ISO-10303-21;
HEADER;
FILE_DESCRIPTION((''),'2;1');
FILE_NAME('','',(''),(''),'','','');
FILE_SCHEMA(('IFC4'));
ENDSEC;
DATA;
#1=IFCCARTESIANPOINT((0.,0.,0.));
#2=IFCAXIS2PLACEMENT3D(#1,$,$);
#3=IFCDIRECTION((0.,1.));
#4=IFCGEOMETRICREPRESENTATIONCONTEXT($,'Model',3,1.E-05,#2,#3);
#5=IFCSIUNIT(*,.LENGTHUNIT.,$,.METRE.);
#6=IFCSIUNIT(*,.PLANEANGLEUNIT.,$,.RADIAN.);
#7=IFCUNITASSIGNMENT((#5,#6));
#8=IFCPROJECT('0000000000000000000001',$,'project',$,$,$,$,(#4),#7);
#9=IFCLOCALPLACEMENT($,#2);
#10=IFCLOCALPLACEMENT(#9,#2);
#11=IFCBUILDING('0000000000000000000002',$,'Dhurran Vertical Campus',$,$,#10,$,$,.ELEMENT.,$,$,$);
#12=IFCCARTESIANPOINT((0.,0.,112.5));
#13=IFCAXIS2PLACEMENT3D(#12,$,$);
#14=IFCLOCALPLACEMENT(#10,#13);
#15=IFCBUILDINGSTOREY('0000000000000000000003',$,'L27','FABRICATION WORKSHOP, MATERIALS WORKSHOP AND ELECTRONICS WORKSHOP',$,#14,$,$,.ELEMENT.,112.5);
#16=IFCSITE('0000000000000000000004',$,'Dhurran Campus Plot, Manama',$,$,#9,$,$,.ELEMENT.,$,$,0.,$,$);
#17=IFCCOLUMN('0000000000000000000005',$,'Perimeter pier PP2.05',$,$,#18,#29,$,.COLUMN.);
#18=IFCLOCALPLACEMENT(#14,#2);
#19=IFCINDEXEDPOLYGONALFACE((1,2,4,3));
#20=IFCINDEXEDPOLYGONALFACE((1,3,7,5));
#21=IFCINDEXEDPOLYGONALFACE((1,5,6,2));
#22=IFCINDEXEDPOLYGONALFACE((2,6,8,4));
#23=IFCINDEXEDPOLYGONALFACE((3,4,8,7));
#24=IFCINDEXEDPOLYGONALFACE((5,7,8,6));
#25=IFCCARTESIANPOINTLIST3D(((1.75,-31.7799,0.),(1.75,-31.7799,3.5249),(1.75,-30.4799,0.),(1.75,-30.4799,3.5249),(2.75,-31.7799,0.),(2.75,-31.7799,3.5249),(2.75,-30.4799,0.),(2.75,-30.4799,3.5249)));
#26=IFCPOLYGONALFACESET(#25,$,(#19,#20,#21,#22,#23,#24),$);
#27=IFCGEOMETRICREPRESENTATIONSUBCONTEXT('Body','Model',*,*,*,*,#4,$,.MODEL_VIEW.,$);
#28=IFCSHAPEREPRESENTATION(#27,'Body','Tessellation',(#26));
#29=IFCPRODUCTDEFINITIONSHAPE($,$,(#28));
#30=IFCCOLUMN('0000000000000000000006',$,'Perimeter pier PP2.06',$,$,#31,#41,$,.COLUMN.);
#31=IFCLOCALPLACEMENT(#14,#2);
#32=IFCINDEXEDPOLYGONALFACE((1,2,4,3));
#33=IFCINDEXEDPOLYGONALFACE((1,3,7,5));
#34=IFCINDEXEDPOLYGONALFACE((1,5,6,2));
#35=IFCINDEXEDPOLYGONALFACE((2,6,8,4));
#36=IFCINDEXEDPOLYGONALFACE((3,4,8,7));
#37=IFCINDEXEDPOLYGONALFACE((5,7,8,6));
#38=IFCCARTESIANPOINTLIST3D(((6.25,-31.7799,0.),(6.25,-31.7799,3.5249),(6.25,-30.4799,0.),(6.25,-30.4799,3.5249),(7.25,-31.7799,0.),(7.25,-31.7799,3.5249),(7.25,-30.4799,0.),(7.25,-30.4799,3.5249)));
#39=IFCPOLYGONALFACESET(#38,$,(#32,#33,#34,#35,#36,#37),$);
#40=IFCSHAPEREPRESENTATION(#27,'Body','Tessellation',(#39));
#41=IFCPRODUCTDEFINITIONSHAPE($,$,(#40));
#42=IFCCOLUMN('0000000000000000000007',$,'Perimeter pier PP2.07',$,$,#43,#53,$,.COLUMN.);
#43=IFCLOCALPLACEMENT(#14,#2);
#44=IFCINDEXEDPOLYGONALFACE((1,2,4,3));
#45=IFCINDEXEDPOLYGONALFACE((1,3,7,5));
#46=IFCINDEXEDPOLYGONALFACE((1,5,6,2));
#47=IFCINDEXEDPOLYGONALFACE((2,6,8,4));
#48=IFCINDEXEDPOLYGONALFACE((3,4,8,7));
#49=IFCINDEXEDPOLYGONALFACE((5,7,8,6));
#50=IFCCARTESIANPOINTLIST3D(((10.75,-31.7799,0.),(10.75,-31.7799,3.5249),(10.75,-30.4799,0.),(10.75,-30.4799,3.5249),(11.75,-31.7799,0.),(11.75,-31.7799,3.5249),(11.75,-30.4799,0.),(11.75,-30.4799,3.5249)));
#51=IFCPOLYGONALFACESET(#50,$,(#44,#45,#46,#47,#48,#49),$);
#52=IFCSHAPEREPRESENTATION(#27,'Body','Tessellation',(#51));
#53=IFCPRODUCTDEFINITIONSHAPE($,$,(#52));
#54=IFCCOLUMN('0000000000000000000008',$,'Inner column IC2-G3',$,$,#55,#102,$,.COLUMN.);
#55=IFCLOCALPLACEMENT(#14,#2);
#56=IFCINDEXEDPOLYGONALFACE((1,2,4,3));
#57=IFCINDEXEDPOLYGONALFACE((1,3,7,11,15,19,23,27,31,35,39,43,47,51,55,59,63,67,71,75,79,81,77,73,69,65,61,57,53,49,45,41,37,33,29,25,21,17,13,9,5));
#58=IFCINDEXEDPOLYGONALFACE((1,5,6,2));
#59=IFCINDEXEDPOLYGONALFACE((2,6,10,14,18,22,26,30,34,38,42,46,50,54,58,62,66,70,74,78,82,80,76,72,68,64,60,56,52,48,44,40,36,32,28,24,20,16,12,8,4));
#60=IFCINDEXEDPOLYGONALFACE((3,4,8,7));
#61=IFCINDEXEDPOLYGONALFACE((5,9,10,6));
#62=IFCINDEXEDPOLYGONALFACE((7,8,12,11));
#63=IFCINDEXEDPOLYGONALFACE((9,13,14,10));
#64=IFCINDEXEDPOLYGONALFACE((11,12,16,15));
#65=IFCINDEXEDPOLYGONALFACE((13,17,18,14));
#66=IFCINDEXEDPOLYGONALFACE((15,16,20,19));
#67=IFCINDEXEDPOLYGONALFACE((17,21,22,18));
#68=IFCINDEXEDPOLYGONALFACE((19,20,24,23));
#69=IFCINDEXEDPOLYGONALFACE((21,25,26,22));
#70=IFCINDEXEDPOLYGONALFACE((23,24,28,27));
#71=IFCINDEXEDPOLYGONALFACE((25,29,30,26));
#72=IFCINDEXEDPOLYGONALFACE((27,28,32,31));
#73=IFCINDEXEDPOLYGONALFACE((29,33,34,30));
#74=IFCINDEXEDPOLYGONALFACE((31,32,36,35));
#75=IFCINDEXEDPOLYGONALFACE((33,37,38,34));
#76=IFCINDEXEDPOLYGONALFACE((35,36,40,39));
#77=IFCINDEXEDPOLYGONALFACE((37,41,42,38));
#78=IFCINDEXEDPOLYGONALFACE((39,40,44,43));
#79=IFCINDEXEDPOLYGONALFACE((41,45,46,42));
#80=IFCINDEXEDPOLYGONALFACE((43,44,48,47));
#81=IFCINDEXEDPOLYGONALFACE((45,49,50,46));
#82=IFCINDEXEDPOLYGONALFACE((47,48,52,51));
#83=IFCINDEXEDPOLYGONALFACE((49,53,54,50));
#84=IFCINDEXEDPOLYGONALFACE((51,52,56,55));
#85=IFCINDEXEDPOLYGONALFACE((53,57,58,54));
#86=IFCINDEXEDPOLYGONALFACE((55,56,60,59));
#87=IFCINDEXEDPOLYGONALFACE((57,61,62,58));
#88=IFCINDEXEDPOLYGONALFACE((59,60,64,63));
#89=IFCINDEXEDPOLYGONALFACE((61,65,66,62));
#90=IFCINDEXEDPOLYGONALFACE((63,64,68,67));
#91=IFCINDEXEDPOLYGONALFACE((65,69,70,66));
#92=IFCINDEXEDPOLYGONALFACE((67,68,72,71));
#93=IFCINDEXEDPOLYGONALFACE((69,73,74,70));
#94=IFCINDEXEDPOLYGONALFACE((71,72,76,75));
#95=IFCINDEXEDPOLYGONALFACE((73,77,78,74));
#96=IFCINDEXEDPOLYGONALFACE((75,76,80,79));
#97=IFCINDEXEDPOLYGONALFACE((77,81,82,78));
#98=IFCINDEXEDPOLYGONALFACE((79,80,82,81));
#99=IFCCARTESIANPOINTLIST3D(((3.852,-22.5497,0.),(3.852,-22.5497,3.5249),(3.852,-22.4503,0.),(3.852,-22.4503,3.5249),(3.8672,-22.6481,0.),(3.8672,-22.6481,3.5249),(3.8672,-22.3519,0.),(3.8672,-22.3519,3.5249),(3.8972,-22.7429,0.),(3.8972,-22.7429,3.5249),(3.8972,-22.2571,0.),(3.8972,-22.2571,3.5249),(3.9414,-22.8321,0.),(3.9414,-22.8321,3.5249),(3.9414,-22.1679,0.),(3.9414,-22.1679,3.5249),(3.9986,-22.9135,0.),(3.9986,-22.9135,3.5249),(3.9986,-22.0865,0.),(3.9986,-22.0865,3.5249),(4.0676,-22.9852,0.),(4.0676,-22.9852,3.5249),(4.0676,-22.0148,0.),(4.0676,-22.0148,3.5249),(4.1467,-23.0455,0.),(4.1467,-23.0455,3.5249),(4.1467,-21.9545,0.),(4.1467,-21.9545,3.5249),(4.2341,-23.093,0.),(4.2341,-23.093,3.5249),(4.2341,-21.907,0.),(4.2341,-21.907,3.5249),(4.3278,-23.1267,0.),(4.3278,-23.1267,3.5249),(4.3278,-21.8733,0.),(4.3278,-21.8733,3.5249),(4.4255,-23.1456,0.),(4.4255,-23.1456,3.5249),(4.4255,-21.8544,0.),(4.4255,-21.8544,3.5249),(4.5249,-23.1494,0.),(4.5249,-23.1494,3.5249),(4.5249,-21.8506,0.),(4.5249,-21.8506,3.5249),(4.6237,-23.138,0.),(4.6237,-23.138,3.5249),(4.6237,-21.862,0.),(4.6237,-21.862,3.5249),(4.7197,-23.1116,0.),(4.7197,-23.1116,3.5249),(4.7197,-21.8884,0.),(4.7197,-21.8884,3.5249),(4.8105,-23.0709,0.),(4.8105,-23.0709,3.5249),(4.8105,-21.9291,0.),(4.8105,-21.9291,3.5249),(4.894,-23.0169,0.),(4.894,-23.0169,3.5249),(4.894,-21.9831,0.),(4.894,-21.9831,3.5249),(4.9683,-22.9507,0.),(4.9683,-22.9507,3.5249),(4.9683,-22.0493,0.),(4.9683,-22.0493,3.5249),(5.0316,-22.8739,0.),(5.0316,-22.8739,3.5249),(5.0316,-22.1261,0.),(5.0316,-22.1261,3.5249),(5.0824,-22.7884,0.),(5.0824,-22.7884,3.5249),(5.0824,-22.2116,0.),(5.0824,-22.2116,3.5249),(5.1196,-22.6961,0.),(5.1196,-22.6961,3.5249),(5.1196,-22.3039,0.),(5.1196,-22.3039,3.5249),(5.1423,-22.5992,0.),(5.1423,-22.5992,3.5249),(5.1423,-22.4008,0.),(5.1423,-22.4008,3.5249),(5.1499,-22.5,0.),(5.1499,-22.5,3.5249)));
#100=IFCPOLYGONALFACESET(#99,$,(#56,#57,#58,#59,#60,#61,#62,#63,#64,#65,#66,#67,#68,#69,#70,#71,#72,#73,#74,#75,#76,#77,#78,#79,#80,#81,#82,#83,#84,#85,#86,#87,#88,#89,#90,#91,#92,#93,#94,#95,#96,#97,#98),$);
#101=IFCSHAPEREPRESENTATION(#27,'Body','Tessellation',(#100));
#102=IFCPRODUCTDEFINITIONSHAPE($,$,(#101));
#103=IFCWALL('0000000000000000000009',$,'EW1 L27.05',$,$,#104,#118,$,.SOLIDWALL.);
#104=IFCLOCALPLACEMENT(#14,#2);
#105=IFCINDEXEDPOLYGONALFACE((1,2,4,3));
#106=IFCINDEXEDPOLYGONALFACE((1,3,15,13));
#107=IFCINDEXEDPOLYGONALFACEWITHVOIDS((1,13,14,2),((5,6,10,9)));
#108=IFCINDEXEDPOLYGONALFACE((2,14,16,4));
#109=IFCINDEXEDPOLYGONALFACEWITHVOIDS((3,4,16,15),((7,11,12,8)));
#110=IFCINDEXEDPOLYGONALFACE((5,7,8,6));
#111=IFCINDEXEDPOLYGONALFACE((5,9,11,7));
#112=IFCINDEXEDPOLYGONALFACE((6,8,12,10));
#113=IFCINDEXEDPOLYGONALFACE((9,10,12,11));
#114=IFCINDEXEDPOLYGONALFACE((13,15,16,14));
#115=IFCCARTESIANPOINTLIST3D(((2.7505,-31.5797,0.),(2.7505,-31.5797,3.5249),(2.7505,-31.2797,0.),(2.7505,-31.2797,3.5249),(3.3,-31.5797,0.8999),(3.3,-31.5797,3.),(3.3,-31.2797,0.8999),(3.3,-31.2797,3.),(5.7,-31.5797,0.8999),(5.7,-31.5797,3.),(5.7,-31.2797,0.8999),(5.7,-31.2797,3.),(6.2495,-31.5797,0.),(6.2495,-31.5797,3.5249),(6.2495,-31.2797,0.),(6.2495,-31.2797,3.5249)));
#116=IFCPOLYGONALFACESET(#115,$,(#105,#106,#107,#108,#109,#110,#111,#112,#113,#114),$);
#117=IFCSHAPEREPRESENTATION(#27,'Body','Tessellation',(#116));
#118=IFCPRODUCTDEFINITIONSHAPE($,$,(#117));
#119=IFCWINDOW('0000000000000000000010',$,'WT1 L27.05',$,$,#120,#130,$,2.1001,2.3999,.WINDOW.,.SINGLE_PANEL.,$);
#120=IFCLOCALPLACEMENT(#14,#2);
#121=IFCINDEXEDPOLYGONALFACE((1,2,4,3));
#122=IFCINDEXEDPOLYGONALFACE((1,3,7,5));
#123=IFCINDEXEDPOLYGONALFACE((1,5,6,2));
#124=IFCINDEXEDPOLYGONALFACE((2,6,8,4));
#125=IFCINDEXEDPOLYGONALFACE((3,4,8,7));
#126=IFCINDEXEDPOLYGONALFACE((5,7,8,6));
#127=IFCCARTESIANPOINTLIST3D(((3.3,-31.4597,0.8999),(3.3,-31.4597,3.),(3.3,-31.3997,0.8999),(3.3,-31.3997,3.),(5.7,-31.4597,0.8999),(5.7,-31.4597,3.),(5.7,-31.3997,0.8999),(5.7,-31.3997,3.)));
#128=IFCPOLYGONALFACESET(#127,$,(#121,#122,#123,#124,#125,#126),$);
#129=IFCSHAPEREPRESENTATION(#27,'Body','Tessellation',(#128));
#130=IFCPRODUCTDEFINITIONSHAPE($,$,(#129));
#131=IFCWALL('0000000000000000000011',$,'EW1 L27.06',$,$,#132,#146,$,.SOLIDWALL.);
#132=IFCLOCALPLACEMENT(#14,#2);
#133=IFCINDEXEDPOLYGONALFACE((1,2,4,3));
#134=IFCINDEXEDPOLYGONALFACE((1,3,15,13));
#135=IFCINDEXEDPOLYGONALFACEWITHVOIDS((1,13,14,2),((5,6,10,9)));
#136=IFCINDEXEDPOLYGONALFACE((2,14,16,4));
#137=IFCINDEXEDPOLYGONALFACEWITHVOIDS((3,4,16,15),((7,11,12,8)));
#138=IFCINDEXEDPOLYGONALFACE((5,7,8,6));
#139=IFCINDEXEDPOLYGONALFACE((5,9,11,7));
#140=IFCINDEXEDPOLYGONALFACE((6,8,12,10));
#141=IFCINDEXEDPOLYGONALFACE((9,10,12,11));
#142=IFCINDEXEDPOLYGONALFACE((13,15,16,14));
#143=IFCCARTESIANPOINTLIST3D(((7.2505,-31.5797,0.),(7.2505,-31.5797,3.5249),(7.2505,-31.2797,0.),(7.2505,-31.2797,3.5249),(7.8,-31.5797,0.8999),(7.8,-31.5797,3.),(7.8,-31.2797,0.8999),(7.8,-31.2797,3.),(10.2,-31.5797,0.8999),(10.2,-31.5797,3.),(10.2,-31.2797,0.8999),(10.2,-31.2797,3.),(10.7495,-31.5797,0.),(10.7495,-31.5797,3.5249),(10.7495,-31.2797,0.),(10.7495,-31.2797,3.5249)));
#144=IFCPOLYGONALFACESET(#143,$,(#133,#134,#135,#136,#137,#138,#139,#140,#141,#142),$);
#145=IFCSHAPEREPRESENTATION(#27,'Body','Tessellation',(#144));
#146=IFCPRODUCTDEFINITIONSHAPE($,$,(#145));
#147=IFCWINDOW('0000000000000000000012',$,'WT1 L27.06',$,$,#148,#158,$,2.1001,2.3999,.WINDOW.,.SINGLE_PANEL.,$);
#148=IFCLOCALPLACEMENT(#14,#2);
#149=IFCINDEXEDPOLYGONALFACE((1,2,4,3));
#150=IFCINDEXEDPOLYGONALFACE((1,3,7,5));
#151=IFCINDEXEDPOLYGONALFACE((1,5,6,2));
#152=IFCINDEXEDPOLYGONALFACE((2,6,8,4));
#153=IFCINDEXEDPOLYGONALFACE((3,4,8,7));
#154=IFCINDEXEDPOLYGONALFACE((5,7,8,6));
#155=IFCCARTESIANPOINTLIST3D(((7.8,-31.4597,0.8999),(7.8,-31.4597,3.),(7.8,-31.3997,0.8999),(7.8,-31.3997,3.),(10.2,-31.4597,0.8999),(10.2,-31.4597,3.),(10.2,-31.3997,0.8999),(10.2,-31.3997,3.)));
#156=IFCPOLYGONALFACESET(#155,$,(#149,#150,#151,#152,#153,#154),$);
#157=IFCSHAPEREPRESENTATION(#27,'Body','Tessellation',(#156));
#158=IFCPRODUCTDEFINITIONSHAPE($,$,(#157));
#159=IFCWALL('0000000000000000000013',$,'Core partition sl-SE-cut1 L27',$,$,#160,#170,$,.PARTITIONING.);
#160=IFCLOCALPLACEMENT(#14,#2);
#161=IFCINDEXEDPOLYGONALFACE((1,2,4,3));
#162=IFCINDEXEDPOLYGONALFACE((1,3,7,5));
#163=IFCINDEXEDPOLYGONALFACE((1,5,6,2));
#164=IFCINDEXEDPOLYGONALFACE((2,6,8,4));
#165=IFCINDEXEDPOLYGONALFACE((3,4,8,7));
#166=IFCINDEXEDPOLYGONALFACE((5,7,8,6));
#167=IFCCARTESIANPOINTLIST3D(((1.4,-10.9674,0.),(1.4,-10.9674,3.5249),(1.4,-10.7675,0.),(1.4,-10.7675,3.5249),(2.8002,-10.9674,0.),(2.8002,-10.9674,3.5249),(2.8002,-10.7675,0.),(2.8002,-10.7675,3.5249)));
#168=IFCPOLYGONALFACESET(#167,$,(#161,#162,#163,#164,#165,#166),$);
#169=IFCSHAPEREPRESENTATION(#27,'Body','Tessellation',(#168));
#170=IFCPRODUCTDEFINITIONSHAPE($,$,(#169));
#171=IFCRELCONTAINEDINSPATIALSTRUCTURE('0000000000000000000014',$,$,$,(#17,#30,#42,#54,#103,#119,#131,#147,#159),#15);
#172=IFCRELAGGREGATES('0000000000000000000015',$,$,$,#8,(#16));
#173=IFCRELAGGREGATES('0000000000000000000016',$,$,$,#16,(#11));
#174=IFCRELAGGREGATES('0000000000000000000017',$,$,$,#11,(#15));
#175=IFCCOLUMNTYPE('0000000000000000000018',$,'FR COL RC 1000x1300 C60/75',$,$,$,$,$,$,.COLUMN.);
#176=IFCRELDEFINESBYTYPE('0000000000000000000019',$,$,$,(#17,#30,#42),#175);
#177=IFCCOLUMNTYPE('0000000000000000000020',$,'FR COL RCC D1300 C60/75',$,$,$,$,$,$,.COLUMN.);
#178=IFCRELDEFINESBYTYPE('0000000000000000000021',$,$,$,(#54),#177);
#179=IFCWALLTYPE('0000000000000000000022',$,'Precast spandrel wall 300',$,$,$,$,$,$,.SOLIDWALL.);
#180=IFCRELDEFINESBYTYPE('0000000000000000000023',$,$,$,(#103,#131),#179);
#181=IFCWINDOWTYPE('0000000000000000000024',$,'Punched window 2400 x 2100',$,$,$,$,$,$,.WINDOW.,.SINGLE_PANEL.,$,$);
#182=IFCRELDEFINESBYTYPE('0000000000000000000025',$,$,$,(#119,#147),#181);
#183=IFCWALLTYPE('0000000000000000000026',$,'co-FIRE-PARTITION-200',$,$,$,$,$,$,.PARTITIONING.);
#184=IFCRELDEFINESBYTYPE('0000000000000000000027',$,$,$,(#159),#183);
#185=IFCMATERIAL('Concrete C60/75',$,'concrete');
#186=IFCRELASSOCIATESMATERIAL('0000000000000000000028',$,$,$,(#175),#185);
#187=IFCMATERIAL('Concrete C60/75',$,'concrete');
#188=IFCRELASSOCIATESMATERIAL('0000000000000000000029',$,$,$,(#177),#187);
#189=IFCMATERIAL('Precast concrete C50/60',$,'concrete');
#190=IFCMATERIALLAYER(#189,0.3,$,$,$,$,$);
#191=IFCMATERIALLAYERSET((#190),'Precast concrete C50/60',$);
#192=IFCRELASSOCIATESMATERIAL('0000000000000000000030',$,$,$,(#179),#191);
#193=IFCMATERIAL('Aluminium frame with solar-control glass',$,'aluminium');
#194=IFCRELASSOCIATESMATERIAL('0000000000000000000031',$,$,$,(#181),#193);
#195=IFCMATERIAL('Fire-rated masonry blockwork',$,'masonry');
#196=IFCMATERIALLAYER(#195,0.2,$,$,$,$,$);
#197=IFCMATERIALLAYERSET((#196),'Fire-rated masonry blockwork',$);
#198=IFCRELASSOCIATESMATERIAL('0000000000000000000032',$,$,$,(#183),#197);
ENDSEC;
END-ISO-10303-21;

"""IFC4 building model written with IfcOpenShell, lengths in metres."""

from ifc_helpers import new_model, si_unit, direction, frame, frame_2d, origin, origin_2d, place, context, subcontext, project, spatial, rectangle, circle, extrude, material, layer, layer_set, material_profile, profile_set, type_object, element, fill, save


model = new_model("IFC4")

# Units and contexts
model_context = context("Model", 3, precision=1e-05, world=origin(), true_north=direction((0.0, 1.0)))
body_context = subcontext(model_context, "Body", "Model", "MODEL_VIEW")
ifc_project = project(units=[si_unit("LENGTHUNIT", "METRE"), si_unit("PLANEANGLEUNIT", "RADIAN")], contexts=[model_context])

# Site, building, storey
site_placement = place(None, origin())
site = spatial("IfcSite", under=ifc_project, at=site_placement, Name="Dhurran Campus Plot, Manama", CompositionType="ELEMENT", RefElevation=0.0)
building_placement = place(site_placement, origin())
building = spatial("IfcBuilding", under=site, at=building_placement, Name="Dhurran Vertical Campus", CompositionType="ELEMENT")
storey_placement = place(building_placement, frame((0.0, 0.0, 112.5)))
storey = spatial("IfcBuildingStorey", under=building, at=storey_placement, Name="L27", Description="FABRICATION WORKSHOP, MATERIALS WORKSHOP AND ELECTRONICS WORKSHOP", CompositionType="ELEMENT", Elevation=112.5)

# Columns
ifc_material_1 = material(Name="Concrete C60/75", Category="concrete")
ifc_material_profile_1 = material_profile(ifc_material_1, rectangle(XDim=1.0, YDim=1.3, at=origin_2d()), Name="RC 1000x1300")
ifc_profile_set_1 = profile_set([ifc_material_profile_1], Name="Concrete C60/75")
column_type_1 = type_object("IfcColumnType", Name="FR COL RC 1000x1300 C60/75", PredefinedType="COLUMN", material=ifc_profile_set_1)
for number, where, z_axis, x_axis, name in (
    (1, (2.25, -31.1299, 0.0), (0.0, 0.0, 1.0), (1.0, 0.0, 0.0), "Perimeter pier PP2.05"),
    (2, (6.75, -31.1299, 0.0), (0.0, 0.0, 1.0), (1.0, 0.0, 0.0), "Perimeter pier PP2.06"),
    (3, (11.25, -31.1299, 0.0), (0.0, 0.0, 1.0), (1.0, 0.0, 0.0), "Perimeter pier PP2.07"),
):
    element("IfcColumn", number, at=place(storey_placement, frame(where, z_axis=z_axis, x_axis=x_axis)), inside=storey, type_object=column_type_1, Name=name, PredefinedType="COLUMN", context=body_context, shape_type="SweptSolid", body=[
        extrude(rectangle(XDim=1.0, YDim=1.3, at=origin_2d()), origin(), (0.0, 0.0, 1.0), 3.5249),
    ])
ifc_material_2 = material(Name="Concrete C60/75", Category="concrete")
ifc_material_profile_2 = material_profile(ifc_material_2, circle(Radius=0.6499, at=origin_2d()), Name="RCC D1300")
ifc_profile_set_2 = profile_set([ifc_material_profile_2], Name="Concrete C60/75")
column_type_2 = type_object("IfcColumnType", Name="FR COL RCC D1300 C60/75", PredefinedType="COLUMN", material=ifc_profile_set_2)
column_placement = place(storey_placement, frame((4.5, -22.5, 0.0), z_axis=(0.0, 0.0, 1.0), x_axis=(1.0, 0.0, 0.0)))
element("IfcColumn", 4, at=column_placement, inside=storey, type_object=column_type_2, Name="Inner column IC2-G3", PredefinedType="COLUMN", context=body_context, shape_type="SweptSolid", body=[
    extrude(circle(Radius=0.6499, at=origin_2d()), origin(), (0.0, 0.0, 1.0), 3.5249),
])

# Walls, openings, windows
ifc_material_3 = material(Name="Precast concrete C50/60", Category="concrete")
ifc_layer_1 = layer(ifc_material_3, 0.3)
ifc_layer_set_1 = layer_set([ifc_layer_1], Name="Precast concrete C50/60")
wall_type_1 = type_object("IfcWallType", Name="Precast spandrel wall 300", PredefinedType="SOLIDWALL", material=ifc_layer_set_1)
wall_1_placement = place(storey_placement, frame((2.7505, -31.4297, 0.0), z_axis=(0.0, 0.0, 1.0), x_axis=(1.0, 0.0, 0.0)))
wall_1 = element("IfcWall", 5, at=wall_1_placement, inside=storey, type_object=wall_type_1, Name="EW1 L27.05", PredefinedType="SOLIDWALL", context=body_context, shape_type="SweptSolid", body=[
    extrude(rectangle(XDim=3.499, YDim=0.3, at=frame_2d((1.7495, 0.0))), origin(), (0.0, 0.0, 1.0), 3.5249),
])
opening_1_placement = place(wall_1_placement, frame((0.5496, 0.0, 0.8999)))
opening_1 = element("IfcOpeningElement", 6, at=opening_1_placement, cuts=wall_1, PredefinedType="OPENING", context=body_context, shape_type="SweptSolid", body=[
    extrude(rectangle(XDim=2.3999, YDim=2.1001, at=frame_2d((1.2, 1.05))), frame((0.0, 0.1599, 0.0), z_axis=(0.0, -1.0, 0.0), x_axis=(1.0, 0.0, 0.0)), (0.0, 0.0, 1.0), 0.3201),
])
ifc_material_4 = material(Name="Aluminium frame with solar-control glass", Category="aluminium")
window_type = type_object("IfcWindowType", Name="Punched window 2400 x 2100", PartitioningType="SINGLE_PANEL", PredefinedType="WINDOW", material=ifc_material_4)
window_1_placement = place(opening_1_placement, origin())
window_1 = element("IfcWindow", 7, at=window_1_placement, inside=storey, type_object=window_type, Name="WT1 L27.05", OverallHeight=2.1001, OverallWidth=2.3999, PartitioningType="SINGLE_PANEL", PredefinedType="WINDOW", context=body_context, shape_type="SweptSolid", body=[
    extrude(rectangle(XDim=2.3999, YDim=2.1001, at=frame_2d((1.2, 1.05))), frame((0.0, 0.03, 0.0), z_axis=(0.0, -1.0, 0.0), x_axis=(1.0, 0.0, 0.0)), (0.0, 0.0, 1.0), 0.0601),
])
fill(opening_1, window_1)
wall_2_placement = place(storey_placement, frame((7.2505, -31.4297, 0.0), z_axis=(0.0, 0.0, 1.0), x_axis=(1.0, 0.0, 0.0)))
wall_2 = element("IfcWall", 8, at=wall_2_placement, inside=storey, type_object=wall_type_1, Name="EW1 L27.06", PredefinedType="SOLIDWALL", context=body_context, shape_type="SweptSolid", body=[
    extrude(rectangle(XDim=3.499, YDim=0.3, at=frame_2d((1.7495, 0.0))), origin(), (0.0, 0.0, 1.0), 3.5249),
])
opening_2_placement = place(wall_2_placement, frame((0.5496, 0.0, 0.8999)))
opening_2 = element("IfcOpeningElement", 9, at=opening_2_placement, cuts=wall_2, PredefinedType="OPENING", context=body_context, shape_type="SweptSolid", body=[
    extrude(rectangle(XDim=2.3999, YDim=2.1001, at=frame_2d((1.2, 1.05))), frame((0.0, 0.1599, 0.0), z_axis=(0.0, -1.0, 0.0), x_axis=(1.0, 0.0, 0.0)), (0.0, 0.0, 1.0), 0.3201),
])
window_2_placement = place(opening_2_placement, origin())
window_2 = element("IfcWindow", 10, at=window_2_placement, inside=storey, type_object=window_type, Name="WT1 L27.06", OverallHeight=2.1001, OverallWidth=2.3999, PartitioningType="SINGLE_PANEL", PredefinedType="WINDOW", context=body_context, shape_type="SweptSolid", body=[
    extrude(rectangle(XDim=2.3999, YDim=2.1001, at=frame_2d((1.2, 1.05))), frame((0.0, 0.03, 0.0), z_axis=(0.0, -1.0, 0.0), x_axis=(1.0, 0.0, 0.0)), (0.0, 0.0, 1.0), 0.0601),
])
fill(opening_2, window_2)

# Wall
ifc_material_5 = material(Name="Fire-rated masonry blockwork", Category="masonry")
ifc_layer_2 = layer(ifc_material_5, 0.2)
ifc_layer_set_2 = layer_set([ifc_layer_2], Name="Fire-rated masonry blockwork")
wall_type_2 = type_object("IfcWallType", Name="co-FIRE-PARTITION-200", PredefinedType="PARTITIONING", material=ifc_layer_set_2)
wall_3_placement = place(storey_placement, frame((1.3999, -10.8674, 0.0), z_axis=(0.0, 0.0, 1.0), x_axis=(1.0, 0.0, 0.0)))
element("IfcWall", 11, at=wall_3_placement, inside=storey, type_object=wall_type_2, Name="Core partition sl-SE-cut1 L27", PredefinedType="PARTITIONING", context=body_context, shape_type="SweptSolid", body=[
    extrude(rectangle(XDim=1.4001, YDim=0.2, at=frame_2d((0.7002, 0.0))), origin(), (0.0, 0.0, 1.0), 3.5249),
])

save(model, "model.ifc")
